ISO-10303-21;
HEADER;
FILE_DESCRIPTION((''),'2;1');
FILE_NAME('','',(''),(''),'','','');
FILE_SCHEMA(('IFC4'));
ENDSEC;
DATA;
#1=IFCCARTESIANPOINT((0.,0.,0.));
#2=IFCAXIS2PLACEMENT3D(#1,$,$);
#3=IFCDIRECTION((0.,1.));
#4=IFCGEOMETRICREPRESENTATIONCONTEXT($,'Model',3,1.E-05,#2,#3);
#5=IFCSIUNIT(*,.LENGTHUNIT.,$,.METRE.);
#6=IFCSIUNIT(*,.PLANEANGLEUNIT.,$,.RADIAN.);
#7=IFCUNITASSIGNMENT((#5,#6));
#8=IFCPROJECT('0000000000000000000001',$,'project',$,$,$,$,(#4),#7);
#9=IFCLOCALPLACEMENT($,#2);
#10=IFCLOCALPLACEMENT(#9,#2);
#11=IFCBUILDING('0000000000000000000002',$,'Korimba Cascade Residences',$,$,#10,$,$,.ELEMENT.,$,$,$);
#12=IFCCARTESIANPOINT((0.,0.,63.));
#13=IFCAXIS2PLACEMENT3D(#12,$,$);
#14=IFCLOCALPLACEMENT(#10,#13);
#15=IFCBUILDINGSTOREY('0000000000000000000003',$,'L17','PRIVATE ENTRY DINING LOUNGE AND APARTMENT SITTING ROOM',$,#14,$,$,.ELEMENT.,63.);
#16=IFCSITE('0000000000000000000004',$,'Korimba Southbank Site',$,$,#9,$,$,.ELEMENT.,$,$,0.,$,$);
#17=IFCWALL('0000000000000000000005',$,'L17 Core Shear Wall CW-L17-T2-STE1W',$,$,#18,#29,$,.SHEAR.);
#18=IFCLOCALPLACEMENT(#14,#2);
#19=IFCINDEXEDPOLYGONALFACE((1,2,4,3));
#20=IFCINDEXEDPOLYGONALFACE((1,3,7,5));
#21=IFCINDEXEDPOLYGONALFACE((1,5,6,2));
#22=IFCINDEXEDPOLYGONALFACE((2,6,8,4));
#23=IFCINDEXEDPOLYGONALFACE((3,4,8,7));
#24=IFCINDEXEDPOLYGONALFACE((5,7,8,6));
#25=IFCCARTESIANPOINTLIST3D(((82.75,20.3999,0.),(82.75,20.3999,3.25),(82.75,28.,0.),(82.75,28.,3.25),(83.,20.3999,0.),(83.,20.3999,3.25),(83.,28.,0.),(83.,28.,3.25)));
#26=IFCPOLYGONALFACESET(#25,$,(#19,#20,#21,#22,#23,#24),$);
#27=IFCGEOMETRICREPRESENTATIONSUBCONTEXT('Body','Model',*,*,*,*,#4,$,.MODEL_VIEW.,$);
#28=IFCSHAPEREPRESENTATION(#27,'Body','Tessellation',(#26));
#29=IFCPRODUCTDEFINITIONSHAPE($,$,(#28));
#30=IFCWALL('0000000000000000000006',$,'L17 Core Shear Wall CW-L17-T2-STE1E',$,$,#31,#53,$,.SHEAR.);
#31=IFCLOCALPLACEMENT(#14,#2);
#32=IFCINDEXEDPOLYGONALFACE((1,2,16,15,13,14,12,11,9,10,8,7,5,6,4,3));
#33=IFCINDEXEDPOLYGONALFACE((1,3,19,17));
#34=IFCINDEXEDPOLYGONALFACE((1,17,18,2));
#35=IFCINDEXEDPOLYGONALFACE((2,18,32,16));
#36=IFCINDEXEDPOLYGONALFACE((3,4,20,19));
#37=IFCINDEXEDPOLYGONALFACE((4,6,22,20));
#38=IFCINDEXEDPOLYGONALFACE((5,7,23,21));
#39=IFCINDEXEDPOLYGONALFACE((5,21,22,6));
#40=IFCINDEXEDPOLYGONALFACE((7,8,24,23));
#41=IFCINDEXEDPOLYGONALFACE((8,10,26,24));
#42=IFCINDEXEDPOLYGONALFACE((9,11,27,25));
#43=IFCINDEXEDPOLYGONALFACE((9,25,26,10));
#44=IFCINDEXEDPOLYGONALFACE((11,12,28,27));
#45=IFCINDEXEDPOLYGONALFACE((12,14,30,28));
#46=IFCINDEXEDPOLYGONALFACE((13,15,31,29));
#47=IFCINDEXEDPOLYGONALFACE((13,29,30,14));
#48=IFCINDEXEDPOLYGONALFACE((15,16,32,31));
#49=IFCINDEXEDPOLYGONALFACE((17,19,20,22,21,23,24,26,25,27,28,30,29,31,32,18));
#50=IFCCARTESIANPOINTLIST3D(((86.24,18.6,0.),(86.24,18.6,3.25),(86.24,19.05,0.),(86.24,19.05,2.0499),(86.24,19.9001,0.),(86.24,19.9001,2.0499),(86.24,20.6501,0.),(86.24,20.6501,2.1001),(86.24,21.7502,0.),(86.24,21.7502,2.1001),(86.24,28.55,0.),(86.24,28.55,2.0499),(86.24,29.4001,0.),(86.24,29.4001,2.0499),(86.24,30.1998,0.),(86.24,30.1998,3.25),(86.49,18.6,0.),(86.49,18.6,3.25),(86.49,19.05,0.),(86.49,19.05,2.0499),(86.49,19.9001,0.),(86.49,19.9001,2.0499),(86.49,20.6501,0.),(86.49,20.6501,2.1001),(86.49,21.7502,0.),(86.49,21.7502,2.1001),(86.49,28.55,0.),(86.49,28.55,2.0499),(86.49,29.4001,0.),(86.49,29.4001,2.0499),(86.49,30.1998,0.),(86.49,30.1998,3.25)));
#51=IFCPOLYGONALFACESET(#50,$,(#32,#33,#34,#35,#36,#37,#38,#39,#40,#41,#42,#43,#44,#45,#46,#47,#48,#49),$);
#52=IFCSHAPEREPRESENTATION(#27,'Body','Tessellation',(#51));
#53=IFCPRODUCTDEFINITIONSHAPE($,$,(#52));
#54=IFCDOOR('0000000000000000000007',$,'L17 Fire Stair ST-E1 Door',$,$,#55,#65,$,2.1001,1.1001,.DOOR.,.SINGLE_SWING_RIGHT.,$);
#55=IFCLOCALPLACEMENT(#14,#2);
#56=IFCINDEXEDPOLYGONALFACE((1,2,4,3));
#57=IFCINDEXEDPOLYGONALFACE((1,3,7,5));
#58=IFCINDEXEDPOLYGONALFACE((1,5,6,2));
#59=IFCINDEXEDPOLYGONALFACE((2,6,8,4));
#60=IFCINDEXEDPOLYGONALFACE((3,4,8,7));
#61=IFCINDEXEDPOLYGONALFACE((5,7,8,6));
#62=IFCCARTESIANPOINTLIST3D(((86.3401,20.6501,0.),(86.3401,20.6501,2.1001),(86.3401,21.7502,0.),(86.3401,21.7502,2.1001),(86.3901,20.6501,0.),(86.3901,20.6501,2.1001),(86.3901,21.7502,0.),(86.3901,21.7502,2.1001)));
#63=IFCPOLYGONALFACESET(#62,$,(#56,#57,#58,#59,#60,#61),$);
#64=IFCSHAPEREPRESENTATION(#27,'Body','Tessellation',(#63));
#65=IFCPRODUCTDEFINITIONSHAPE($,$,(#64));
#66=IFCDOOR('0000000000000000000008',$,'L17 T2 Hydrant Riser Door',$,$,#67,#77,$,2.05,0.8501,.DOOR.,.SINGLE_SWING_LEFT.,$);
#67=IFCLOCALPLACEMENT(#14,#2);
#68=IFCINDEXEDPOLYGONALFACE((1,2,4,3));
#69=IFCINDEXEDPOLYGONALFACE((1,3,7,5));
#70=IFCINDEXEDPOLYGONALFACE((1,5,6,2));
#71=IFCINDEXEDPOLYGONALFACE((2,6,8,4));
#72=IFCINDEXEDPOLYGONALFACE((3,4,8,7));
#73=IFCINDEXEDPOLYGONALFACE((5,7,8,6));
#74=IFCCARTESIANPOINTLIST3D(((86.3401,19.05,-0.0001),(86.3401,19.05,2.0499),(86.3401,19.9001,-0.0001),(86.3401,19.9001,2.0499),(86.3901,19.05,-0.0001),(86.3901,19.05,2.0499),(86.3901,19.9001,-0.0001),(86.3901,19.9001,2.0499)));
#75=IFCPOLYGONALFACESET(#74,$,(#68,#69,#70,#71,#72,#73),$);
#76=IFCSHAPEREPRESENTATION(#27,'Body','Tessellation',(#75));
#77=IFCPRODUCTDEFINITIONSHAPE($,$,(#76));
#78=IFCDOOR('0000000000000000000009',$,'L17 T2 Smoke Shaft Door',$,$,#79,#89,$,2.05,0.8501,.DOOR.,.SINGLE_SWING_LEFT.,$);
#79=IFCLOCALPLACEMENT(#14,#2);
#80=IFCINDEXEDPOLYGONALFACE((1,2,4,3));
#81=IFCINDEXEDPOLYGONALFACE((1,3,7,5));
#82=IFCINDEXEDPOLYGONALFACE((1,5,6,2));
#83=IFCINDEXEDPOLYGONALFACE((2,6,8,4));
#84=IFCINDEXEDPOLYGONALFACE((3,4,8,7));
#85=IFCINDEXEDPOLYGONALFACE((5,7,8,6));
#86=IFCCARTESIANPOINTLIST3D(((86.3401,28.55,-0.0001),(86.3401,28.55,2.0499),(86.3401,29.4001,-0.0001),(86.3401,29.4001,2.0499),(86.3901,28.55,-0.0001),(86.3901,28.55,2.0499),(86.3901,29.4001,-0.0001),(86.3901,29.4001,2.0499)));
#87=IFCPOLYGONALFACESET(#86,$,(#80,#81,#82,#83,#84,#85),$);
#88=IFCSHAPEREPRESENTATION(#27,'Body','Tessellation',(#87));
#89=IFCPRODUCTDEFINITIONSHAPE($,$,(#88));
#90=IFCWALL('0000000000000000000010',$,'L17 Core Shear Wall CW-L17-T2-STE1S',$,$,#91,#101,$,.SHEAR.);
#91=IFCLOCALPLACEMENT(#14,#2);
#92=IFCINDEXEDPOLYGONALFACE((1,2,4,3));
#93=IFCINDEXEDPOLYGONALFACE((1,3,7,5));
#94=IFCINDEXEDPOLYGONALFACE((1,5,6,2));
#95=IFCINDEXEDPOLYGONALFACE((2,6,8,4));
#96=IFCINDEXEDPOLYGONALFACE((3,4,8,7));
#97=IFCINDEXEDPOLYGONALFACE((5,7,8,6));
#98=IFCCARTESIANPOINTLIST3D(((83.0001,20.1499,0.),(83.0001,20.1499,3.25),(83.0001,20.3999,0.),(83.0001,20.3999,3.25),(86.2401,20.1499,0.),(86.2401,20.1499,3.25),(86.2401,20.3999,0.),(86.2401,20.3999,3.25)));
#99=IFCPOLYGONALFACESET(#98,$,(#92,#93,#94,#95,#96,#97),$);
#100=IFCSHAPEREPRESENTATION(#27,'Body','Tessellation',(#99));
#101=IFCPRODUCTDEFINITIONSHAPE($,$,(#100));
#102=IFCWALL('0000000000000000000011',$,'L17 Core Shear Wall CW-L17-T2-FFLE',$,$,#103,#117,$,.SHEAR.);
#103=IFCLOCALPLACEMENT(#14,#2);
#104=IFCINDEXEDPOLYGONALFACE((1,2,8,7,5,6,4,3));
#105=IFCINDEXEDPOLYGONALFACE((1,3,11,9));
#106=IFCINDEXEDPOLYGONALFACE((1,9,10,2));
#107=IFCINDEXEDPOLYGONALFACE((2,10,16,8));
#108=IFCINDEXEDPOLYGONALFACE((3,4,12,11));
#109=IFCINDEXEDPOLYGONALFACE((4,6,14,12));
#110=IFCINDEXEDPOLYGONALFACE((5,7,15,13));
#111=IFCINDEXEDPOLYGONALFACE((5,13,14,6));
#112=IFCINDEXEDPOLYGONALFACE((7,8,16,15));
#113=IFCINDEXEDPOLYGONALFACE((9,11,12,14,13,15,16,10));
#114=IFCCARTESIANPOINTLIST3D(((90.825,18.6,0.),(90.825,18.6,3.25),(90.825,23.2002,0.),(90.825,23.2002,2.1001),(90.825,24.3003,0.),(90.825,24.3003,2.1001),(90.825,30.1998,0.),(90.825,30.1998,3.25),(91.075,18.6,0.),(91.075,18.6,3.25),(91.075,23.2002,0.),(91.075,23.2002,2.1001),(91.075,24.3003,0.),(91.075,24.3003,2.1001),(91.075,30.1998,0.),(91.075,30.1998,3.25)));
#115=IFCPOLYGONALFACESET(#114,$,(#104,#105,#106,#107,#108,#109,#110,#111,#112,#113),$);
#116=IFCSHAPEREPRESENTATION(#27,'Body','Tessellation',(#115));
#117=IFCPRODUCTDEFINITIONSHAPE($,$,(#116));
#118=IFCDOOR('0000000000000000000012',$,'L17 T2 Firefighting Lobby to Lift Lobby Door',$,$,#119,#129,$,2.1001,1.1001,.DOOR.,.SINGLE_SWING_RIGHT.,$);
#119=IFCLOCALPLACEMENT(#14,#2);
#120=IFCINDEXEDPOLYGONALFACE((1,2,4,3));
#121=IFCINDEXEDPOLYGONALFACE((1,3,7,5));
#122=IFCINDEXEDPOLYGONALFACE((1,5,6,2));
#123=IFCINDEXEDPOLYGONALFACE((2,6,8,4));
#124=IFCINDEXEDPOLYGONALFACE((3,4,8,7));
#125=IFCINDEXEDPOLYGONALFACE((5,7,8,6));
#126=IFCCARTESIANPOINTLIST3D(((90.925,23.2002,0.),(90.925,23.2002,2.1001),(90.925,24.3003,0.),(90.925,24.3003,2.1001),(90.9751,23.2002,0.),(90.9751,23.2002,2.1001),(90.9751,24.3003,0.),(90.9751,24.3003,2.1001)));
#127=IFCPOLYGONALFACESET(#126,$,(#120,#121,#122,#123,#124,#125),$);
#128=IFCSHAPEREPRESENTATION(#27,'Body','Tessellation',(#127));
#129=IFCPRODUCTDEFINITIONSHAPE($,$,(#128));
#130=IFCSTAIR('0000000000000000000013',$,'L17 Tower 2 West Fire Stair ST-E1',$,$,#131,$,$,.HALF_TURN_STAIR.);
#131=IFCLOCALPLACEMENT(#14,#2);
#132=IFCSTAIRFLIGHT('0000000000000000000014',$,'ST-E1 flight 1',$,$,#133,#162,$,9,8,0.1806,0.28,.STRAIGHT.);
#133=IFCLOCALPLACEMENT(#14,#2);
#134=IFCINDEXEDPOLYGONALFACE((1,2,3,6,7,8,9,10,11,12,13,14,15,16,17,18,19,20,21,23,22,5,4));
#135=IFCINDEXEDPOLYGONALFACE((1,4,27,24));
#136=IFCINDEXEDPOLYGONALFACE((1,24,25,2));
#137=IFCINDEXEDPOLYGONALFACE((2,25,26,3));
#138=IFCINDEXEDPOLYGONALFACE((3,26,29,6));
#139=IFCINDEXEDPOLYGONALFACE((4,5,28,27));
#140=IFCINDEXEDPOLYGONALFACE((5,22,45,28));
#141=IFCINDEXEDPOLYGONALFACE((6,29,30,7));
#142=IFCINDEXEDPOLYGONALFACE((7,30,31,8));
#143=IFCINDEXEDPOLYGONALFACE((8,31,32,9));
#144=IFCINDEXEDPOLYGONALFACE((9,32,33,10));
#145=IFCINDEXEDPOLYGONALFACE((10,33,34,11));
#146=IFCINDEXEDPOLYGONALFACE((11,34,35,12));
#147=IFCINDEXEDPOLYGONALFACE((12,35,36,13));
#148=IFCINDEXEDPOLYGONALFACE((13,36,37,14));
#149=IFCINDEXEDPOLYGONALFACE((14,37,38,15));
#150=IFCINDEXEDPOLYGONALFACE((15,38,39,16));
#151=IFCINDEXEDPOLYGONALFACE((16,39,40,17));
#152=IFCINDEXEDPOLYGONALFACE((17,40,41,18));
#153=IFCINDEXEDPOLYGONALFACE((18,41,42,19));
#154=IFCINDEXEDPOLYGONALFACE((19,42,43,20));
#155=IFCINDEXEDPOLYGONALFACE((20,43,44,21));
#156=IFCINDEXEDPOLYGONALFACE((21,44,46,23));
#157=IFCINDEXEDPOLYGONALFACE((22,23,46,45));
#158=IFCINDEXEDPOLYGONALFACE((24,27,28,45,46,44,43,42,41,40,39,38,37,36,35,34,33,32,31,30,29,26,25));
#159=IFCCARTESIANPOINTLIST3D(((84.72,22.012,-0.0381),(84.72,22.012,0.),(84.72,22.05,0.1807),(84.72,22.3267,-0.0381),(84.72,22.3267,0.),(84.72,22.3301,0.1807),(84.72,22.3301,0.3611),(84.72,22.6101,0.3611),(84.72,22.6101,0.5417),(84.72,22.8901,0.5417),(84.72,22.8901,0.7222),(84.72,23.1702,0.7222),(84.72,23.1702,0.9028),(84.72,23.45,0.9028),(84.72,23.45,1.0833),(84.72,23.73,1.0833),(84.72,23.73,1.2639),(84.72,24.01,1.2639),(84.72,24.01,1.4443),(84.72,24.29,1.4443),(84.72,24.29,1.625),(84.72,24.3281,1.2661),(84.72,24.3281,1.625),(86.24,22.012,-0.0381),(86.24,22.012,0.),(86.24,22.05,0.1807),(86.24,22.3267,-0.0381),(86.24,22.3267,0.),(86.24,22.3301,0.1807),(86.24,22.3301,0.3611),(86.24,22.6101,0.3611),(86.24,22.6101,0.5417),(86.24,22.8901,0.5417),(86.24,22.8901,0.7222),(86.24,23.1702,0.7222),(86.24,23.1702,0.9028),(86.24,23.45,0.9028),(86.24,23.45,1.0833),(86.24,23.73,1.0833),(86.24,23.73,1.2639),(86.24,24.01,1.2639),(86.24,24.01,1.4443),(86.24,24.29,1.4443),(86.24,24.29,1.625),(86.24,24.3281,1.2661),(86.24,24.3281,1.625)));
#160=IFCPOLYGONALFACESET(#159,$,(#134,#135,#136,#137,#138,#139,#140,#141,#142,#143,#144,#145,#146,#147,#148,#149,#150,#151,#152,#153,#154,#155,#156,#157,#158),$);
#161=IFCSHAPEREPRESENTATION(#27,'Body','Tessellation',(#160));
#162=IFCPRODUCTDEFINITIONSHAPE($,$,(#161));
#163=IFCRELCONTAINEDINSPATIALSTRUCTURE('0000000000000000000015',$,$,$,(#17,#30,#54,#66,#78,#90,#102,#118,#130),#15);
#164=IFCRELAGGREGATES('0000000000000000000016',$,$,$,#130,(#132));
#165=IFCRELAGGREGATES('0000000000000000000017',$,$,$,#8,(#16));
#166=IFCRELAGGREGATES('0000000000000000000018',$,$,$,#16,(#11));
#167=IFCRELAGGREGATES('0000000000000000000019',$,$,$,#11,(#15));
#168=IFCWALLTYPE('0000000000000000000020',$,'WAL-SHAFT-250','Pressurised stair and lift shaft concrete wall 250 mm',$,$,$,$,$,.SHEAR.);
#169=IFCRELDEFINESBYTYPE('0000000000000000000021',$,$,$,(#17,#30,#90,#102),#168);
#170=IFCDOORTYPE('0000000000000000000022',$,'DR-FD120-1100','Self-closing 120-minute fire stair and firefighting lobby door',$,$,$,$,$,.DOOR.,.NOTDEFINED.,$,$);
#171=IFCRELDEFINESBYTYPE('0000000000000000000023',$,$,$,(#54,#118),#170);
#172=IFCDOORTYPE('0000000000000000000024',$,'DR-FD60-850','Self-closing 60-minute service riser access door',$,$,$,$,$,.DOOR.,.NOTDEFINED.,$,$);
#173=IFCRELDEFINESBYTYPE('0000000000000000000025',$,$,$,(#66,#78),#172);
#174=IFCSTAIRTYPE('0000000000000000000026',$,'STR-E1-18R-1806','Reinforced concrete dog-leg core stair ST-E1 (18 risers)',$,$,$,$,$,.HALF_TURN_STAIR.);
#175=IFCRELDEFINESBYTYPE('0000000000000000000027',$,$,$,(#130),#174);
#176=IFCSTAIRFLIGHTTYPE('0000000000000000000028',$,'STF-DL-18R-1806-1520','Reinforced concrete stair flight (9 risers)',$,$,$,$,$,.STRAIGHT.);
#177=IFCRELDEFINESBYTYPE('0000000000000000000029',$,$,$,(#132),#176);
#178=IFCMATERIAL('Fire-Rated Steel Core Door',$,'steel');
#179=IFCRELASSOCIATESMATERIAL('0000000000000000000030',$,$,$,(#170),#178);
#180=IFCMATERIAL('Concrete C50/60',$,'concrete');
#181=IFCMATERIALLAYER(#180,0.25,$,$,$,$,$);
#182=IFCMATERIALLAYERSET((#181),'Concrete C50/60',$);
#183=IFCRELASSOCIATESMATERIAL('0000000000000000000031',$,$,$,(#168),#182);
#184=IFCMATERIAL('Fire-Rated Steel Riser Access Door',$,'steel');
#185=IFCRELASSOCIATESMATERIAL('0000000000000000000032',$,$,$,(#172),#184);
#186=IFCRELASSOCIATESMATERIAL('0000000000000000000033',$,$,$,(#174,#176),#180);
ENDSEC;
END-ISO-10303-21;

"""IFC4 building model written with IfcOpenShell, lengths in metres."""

from ifc_helpers import new_model, si_unit, direction, frame, frame_2d, origin, place, context, subcontext, project, spatial, polyline, rectangle, outline, extrude, material, layer, layer_set, type_object, element, fill, aggregate, save


model = new_model("IFC4")

# Units and contexts
model_context = context("Model", 3, precision=1e-05, world=origin(), true_north=direction((0.0, 1.0)))
body_context = subcontext(model_context, "Body", "Model", "MODEL_VIEW")
ifc_project = project(units=[si_unit("LENGTHUNIT", "METRE"), si_unit("PLANEANGLEUNIT", "RADIAN")], contexts=[model_context])

# Site, building, storey
site_placement = place(None, origin())
site = spatial("IfcSite", under=ifc_project, at=site_placement, Name="Korimba Southbank Site", CompositionType="ELEMENT", RefElevation=0.0)
building_placement = place(site_placement, origin())
building = spatial("IfcBuilding", under=site, at=building_placement, Name="Korimba Cascade Residences", CompositionType="ELEMENT")
storey_placement = place(building_placement, frame((0.0, 0.0, 63.0)))
storey = spatial("IfcBuildingStorey", under=building, at=storey_placement, Name="L17", Description="PRIVATE ENTRY DINING LOUNGE AND APARTMENT SITTING ROOM", CompositionType="ELEMENT", Elevation=63.0)

# Shared definitions
ifc_material_1 = material(Name="Concrete C50/60", Category="concrete")

# Shared definitions
ifc_material_2 = material(Name="Fire-Rated Steel Core Door", Category="steel")
door_type_1 = type_object("IfcDoorType", Name="DR-FD120-1100", Description="Self-closing 120-minute fire stair and firefighting lobby door", OperationType="NOTDEFINED", PredefinedType="DOOR", material=ifc_material_2)

# Wall
ifc_layer_1 = layer(ifc_material_1, 0.25)
ifc_layer_set_1 = layer_set([ifc_layer_1], Name="Concrete C50/60")
wall_type_1 = type_object("IfcWallType", Name="WAL-SHAFT-250", Description="Pressurised stair and lift shaft concrete wall 250 mm", PredefinedType="SHEAR", material=ifc_layer_set_1)
wall_1_placement = place(storey_placement, frame((82.875, 20.3999, 0.0), z_axis=(0.0, 0.0, 1.0), x_axis=(0.0, 1.0, 0.0)))
element("IfcWall", 1, at=wall_1_placement, inside=storey, type_object=wall_type_1, Name="L17 Core Shear Wall CW-L17-T2-STE1W", PredefinedType="SHEAR", context=body_context, shape_type="SweptSolid", body=[
    extrude(rectangle(XDim=7.6001, YDim=0.25, at=frame_2d((3.8, 0.0))), origin(), (0.0, 0.0, 1.0), 3.25),
])

# Wall, openings, doors
wall_2_placement = place(storey_placement, frame((86.365, 18.6001, 0.0), z_axis=(0.0, 0.0, 1.0), x_axis=(0.0, 1.0, 0.0)))
wall_2 = element("IfcWall", 2, at=wall_2_placement, inside=storey, type_object=wall_type_1, Name="L17 Core Shear Wall CW-L17-T2-STE1E", PredefinedType="SHEAR", context=body_context, shape_type="SweptSolid", body=[
    extrude(rectangle(XDim=11.5999, YDim=0.25, at=frame_2d((5.7998, 0.0))), origin(), (0.0, 0.0, 1.0), 3.25),
])
opening_1_placement = place(wall_2_placement, frame((0.45, 0.0, 0.0)))
opening_1 = element("IfcOpeningElement", 3, at=opening_1_placement, cuts=wall_2, PredefinedType="OPENING", context=body_context, shape_type="SweptSolid", body=[
    extrude(rectangle(XDim=0.8501, YDim=2.05, at=frame_2d((0.425, 1.0249))), frame((0.0, 0.135, 0.0), z_axis=(0.0, -1.0, 0.0), x_axis=(1.0, 0.0, 0.0)), (0.0, 0.0, 1.0), 0.27),
])
opening_2_placement = place(wall_2_placement, frame((2.05, 0.0, 0.0)))
opening_2 = element("IfcOpeningElement", 4, at=opening_2_placement, cuts=wall_2, PredefinedType="OPENING", context=body_context, shape_type="SweptSolid", body=[
    extrude(rectangle(XDim=1.1001, YDim=2.1001, at=frame_2d((0.55, 1.05))), frame((0.0, 0.135, 0.0), z_axis=(0.0, -1.0, 0.0), x_axis=(1.0, 0.0, 0.0)), (0.0, 0.0, 1.0), 0.27),
])
opening_3_placement = place(wall_2_placement, frame((9.95, 0.0, 0.0)))
opening_3 = element("IfcOpeningElement", 5, at=opening_3_placement, cuts=wall_2, PredefinedType="OPENING", context=body_context, shape_type="SweptSolid", body=[
    extrude(rectangle(XDim=0.8501, YDim=2.05, at=frame_2d((0.425, 1.0249))), frame((0.0, 0.135, 0.0), z_axis=(0.0, -1.0, 0.0), x_axis=(1.0, 0.0, 0.0)), (0.0, 0.0, 1.0), 0.27),
])
door_1_placement = place(opening_2_placement, origin())
door_1 = element("IfcDoor", 6, at=door_1_placement, inside=storey, type_object=door_type_1, Name="L17 Fire Stair ST-E1 Door", OperationType="SINGLE_SWING_RIGHT", OverallHeight=2.1001, OverallWidth=1.1001, PredefinedType="DOOR", context=body_context, shape_type="SweptSolid", body=[
    extrude(rectangle(XDim=1.1001, YDim=2.1001, at=frame_2d((0.55, 1.05))), frame((0.0, 0.0249, 0.0), z_axis=(0.0, -1.0, 0.0), x_axis=(1.0, 0.0, 0.0)), (0.0, 0.0, 1.0), 0.05),
])
fill(opening_2, door_1)
ifc_material_3 = material(Name="Fire-Rated Steel Riser Access Door", Category="steel")
door_type_2 = type_object("IfcDoorType", Name="DR-FD60-850", Description="Self-closing 60-minute service riser access door", OperationType="NOTDEFINED", PredefinedType="DOOR", material=ifc_material_3)
door_2_placement = place(opening_1_placement, origin())
door_2 = element("IfcDoor", 7, at=door_2_placement, inside=storey, type_object=door_type_2, Name="L17 T2 Hydrant Riser Door", OperationType="SINGLE_SWING_LEFT", OverallHeight=2.05, OverallWidth=0.8501, PredefinedType="DOOR", context=body_context, shape_type="SweptSolid", body=[
    extrude(rectangle(XDim=0.8501, YDim=2.05, at=frame_2d((0.425, 1.0249))), frame((0.0, 0.0249, 0.0), z_axis=(0.0, -1.0, 0.0), x_axis=(1.0, 0.0, 0.0)), (0.0, 0.0, 1.0), 0.05),
])
fill(opening_1, door_2)
door_3_placement = place(opening_3_placement, origin())
door_3 = element("IfcDoor", 8, at=door_3_placement, inside=storey, type_object=door_type_2, Name="L17 T2 Smoke Shaft Door", OperationType="SINGLE_SWING_LEFT", OverallHeight=2.05, OverallWidth=0.8501, PredefinedType="DOOR", context=body_context, shape_type="SweptSolid", body=[
    extrude(rectangle(XDim=0.8501, YDim=2.05, at=frame_2d((0.425, 1.0249))), frame((0.0, 0.0249, 0.0), z_axis=(0.0, -1.0, 0.0), x_axis=(1.0, 0.0, 0.0)), (0.0, 0.0, 1.0), 0.05),
])
fill(opening_3, door_3)

# Wall
wall_3_placement = place(storey_placement, frame((83.0, 20.2749, 0.0), z_axis=(0.0, 0.0, 1.0), x_axis=(1.0, 0.0, 0.0)))
element("IfcWall", 9, at=wall_3_placement, inside=storey, type_object=wall_type_1, Name="L17 Core Shear Wall CW-L17-T2-STE1S", PredefinedType="SHEAR", context=body_context, shape_type="SweptSolid", body=[
    extrude(rectangle(XDim=3.24, YDim=0.25, at=frame_2d((1.6201, 0.0))), origin(), (0.0, 0.0, 1.0), 3.25),
])

# Wall, opening, door
wall_4_placement = place(storey_placement, frame((90.95, 18.6001, 0.0), z_axis=(0.0, 0.0, 1.0), x_axis=(0.0, 1.0, 0.0)))
wall_4 = element("IfcWall", 10, at=wall_4_placement, inside=storey, type_object=wall_type_1, Name="L17 Core Shear Wall CW-L17-T2-FFLE", PredefinedType="SHEAR", context=body_context, shape_type="SweptSolid", body=[
    extrude(rectangle(XDim=11.5999, YDim=0.25, at=frame_2d((5.7998, 0.0))), origin(), (0.0, 0.0, 1.0), 3.25),
])
opening_4_placement = place(wall_4_placement, frame((4.6001, 0.0, 0.0)))
opening_4 = element("IfcOpeningElement", 11, at=opening_4_placement, cuts=wall_4, PredefinedType="OPENING", context=body_context, shape_type="SweptSolid", body=[
    extrude(rectangle(XDim=1.1001, YDim=2.1001, at=frame_2d((0.55, 1.05))), frame((0.0, 0.135, 0.0), z_axis=(0.0, -1.0, 0.0), x_axis=(1.0, 0.0, 0.0)), (0.0, 0.0, 1.0), 0.27),
])
door_4_placement = place(opening_4_placement, origin())
door_4 = element("IfcDoor", 12, at=door_4_placement, inside=storey, type_object=door_type_1, Name="L17 T2 Firefighting Lobby to Lift Lobby Door", OperationType="SINGLE_SWING_RIGHT", OverallHeight=2.1001, OverallWidth=1.1001, PredefinedType="DOOR", context=body_context, shape_type="SweptSolid", body=[
    extrude(rectangle(XDim=1.1001, YDim=2.1001, at=frame_2d((0.55, 1.05))), frame((0.0, 0.0249, 0.0), z_axis=(0.0, -1.0, 0.0), x_axis=(1.0, 0.0, 0.0)), (0.0, 0.0, 1.0), 0.05),
])
fill(opening_4, door_4)

# Stair, stair flight
stair_type = type_object("IfcStairType", Name="STR-E1-18R-1806", Description="Reinforced concrete dog-leg core stair ST-E1 (18 risers)", PredefinedType="HALF_TURN_STAIR", material=ifc_material_1)
stair_placement = place(storey_placement, origin())
stair = element("IfcStair", 13, at=stair_placement, inside=storey, type_object=stair_type, Name="L17 Tower 2 West Fire Stair ST-E1", PredefinedType="HALF_TURN_STAIR")
stair_flight_type = type_object("IfcStairFlightType", Name="STF-DL-18R-1806-1520", Description="Reinforced concrete stair flight (9 risers)", PredefinedType="STRAIGHT", material=ifc_material_1)
stair_flight_placement = place(storey_placement, frame((85.48, 22.05, 0.0), z_axis=(0.0, 0.0, 1.0), x_axis=(0.0, 1.0, 0.0)))
stair_flight = element("IfcStairFlight", 14, at=stair_flight_placement, type_object=stair_flight_type, Name="ST-E1 flight 1", NumberOfRisers=9, NumberOfTreads=8, PredefinedType="STRAIGHT", RiserHeight=0.1806, TreadLength=0.28, context=body_context, shape_type="SweptSolid", body=[
    extrude(outline(polyline([(-0.0381, 0.0), (0.0, 0.1807), (0.28, 0.1807), (0.28, 0.3611), (0.5601, 0.3611), (0.5601, 0.5417), (0.8401, 0.5417), (0.8401, 0.7222), (1.1201, 0.7222), (1.1201, 0.9028), (1.3999, 0.9028), (1.3999, 1.0833), (1.6799, 1.0833), (1.6799, 1.2639), (1.96, 1.2639), (1.96, 1.4443), (2.24, 1.4443), (2.24, 1.625), (2.2781, 1.625), (2.2781, 1.2661), (0.2766, 0.0), (0.2766, -0.0381), (-0.0381, -0.0381), (-0.0381, 0.0)])), frame((0.0, 0.76, 0.0), z_axis=(0.0, -1.0, 0.0), x_axis=(1.0, 0.0, 0.0)), (0.0, 0.0, 1.0), 1.52),
])
aggregate(stair, [stair_flight])

save(model, "model.ifc")
